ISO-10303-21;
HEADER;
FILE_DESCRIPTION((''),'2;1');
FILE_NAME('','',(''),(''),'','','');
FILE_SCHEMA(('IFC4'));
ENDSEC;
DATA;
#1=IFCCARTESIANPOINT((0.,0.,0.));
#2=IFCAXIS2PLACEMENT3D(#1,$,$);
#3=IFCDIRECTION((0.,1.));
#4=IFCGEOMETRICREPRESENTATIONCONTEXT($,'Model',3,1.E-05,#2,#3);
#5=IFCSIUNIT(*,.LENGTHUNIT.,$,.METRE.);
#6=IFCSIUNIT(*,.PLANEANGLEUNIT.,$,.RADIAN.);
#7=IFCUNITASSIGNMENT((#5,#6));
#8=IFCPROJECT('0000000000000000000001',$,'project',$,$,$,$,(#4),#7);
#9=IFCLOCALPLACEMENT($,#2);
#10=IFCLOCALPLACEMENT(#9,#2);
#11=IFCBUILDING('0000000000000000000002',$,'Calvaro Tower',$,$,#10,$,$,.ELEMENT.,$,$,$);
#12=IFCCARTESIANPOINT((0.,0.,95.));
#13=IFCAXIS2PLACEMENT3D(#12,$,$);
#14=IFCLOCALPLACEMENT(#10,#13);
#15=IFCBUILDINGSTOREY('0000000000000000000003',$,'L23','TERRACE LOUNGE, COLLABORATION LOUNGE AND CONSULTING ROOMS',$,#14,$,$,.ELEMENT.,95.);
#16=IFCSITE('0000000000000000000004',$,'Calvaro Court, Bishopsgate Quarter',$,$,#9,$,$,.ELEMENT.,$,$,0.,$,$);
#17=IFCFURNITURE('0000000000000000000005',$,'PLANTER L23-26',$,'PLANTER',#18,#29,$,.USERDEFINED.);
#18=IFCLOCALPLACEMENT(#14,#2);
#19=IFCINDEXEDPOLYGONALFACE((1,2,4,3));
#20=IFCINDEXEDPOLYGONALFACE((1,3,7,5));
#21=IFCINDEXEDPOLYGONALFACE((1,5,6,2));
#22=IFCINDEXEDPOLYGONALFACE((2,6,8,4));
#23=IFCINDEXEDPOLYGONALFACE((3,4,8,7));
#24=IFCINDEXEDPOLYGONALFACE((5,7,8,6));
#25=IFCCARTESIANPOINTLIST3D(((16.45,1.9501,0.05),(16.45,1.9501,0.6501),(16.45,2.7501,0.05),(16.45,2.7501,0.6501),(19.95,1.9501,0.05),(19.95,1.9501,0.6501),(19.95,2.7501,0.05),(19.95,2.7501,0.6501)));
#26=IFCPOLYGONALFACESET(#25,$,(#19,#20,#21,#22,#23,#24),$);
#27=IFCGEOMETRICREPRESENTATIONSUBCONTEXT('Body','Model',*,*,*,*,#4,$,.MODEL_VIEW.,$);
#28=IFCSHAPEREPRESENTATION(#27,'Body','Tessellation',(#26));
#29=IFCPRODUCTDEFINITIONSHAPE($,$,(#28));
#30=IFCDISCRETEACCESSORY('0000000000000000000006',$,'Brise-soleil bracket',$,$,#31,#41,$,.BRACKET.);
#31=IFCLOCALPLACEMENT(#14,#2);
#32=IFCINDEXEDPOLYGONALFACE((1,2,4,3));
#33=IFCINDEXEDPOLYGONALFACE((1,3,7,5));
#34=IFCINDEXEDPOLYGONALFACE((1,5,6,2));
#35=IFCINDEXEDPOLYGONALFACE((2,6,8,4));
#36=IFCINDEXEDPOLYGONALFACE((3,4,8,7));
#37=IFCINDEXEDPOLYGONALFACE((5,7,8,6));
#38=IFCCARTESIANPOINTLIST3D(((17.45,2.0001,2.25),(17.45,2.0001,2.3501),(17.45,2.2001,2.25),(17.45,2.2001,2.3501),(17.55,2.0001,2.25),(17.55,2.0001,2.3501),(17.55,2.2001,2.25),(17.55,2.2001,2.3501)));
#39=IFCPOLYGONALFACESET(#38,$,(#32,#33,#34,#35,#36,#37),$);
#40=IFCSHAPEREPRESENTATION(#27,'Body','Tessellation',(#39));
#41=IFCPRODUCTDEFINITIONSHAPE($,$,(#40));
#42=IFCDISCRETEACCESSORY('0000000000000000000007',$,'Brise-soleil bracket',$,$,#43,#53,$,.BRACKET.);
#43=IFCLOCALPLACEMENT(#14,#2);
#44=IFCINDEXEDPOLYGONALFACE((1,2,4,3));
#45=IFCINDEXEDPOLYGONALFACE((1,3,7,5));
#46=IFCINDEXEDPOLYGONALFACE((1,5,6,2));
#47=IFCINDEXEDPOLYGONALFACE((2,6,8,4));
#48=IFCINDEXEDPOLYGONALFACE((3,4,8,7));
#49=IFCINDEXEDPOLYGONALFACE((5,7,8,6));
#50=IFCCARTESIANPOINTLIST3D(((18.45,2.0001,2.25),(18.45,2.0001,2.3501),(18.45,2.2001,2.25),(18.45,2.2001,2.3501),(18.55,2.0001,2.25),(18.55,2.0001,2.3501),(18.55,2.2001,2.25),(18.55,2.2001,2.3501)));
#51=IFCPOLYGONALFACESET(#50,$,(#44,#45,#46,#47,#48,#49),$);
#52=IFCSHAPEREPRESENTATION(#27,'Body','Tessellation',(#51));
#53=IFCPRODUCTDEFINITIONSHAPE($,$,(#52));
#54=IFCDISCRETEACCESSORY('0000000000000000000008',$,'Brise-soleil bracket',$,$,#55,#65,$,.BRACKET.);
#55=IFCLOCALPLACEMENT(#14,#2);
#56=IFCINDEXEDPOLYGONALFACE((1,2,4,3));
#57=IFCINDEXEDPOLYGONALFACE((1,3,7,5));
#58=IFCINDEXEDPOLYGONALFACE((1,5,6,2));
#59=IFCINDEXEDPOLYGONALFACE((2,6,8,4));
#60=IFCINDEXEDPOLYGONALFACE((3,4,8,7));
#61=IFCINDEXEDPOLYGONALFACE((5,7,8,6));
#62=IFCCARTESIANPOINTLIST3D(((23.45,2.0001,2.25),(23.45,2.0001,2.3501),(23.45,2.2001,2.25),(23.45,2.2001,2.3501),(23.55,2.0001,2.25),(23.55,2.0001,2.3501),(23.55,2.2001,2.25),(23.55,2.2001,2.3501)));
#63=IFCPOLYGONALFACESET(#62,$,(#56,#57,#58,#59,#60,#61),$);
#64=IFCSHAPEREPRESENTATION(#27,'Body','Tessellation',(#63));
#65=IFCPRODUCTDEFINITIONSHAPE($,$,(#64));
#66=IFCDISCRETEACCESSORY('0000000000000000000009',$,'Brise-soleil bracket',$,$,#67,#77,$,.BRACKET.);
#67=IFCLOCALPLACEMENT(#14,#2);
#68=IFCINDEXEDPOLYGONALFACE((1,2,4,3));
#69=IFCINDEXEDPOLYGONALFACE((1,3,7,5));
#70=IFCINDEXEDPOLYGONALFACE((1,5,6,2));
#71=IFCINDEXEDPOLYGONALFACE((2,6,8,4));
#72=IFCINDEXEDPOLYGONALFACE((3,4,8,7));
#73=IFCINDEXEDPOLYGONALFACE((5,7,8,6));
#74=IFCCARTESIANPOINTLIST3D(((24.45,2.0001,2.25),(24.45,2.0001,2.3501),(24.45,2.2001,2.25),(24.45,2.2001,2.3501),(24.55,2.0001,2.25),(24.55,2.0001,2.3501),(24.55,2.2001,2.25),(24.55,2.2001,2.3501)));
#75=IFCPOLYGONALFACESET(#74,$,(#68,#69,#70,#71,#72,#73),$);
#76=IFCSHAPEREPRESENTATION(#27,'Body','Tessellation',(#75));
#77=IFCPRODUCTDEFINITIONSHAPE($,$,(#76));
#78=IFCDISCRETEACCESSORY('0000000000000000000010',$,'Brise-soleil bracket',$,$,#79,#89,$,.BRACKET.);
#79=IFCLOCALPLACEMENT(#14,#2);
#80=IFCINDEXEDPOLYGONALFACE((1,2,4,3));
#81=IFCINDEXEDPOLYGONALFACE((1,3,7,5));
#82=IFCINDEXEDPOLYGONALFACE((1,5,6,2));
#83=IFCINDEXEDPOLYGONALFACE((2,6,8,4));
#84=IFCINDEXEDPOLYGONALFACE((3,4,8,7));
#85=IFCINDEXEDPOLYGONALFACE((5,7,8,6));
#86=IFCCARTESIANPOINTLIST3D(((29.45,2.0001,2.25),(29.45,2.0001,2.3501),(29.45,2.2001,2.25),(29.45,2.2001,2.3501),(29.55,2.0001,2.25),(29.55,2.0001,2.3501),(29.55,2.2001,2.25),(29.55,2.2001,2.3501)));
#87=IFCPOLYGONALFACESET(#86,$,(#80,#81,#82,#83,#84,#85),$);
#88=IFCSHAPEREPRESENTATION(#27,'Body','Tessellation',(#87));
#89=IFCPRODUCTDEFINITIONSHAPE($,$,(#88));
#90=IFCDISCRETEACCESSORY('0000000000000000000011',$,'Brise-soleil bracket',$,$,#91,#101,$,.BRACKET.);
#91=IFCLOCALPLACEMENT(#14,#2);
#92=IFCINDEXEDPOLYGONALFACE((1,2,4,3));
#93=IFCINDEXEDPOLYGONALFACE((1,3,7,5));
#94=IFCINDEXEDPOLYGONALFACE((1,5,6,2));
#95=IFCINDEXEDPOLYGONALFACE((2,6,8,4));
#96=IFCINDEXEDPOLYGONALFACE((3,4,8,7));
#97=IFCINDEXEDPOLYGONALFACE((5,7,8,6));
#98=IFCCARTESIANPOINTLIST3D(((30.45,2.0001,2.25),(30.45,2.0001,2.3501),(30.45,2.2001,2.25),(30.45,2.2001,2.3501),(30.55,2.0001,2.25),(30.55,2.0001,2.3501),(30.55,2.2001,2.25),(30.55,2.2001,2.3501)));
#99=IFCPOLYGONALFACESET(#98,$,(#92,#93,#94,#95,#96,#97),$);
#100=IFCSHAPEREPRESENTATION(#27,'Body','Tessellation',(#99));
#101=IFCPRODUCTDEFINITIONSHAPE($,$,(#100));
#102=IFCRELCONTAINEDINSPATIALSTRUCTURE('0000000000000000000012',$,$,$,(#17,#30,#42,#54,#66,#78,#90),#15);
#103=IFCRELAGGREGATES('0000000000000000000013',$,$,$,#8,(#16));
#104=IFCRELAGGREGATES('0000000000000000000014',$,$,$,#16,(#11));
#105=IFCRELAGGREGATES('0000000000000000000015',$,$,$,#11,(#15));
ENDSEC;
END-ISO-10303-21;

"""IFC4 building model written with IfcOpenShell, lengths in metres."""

from ifc_helpers import new_model, si_unit, direction, frame, origin, origin_2d, place, context, subcontext, project, spatial, rectangle, extrude, element, save


model = new_model("IFC4")

# Units and contexts
model_context = context("Model", 3, precision=1e-05, world=origin(), true_north=direction((0.0, 1.0)))
body_context = subcontext(model_context, "Body", "Model", "MODEL_VIEW")
ifc_project = project(units=[si_unit("LENGTHUNIT", "METRE"), si_unit("PLANEANGLEUNIT", "RADIAN")], contexts=[model_context])

# Site, building, storey
site_placement = place(None, origin())
site = spatial("IfcSite", under=ifc_project, at=site_placement, Name="Calvaro Court, Bishopsgate Quarter", CompositionType="ELEMENT", RefElevation=0.0)
building_placement = place(site_placement, origin())
building = spatial("IfcBuilding", under=site, at=building_placement, Name="Calvaro Tower", CompositionType="ELEMENT")
storey_placement = place(building_placement, frame((0.0, 0.0, 95.0)))
storey = spatial("IfcBuildingStorey", under=building, at=storey_placement, Name="L23", Description="TERRACE LOUNGE, COLLABORATION LOUNGE AND CONSULTING ROOMS", CompositionType="ELEMENT", Elevation=95.0)

# Furniture
for number, where, z_axis, x_axis, name in (
    (1, (18.2, 2.3501, 0.05), (0.0, 0.0, 1.0), (1.0, 0.0, 0.0), "PLANTER L23-26"),
):
    element("IfcFurniture", number, at=place(storey_placement, frame(where, z_axis=z_axis, x_axis=x_axis)), inside=storey, Name=name, ObjectType="PLANTER", PredefinedType="USERDEFINED", context=body_context, shape_type="SweptSolid", body=[
        extrude(rectangle(XDim=3.5, YDim=0.8, at=origin_2d()), origin(), (0.0, 0.0, 1.0), 0.6001),
    ])

# Discrete accessories
for number, where, z_axis, x_axis, name in (
    (2, (17.5, 2.1001, 2.25), (0.0, 0.0, 1.0), (1.0, 0.0, 0.0), "Brise-soleil bracket"),
    (3, (18.5, 2.1001, 2.25), (0.0, 0.0, 1.0), (1.0, 0.0, 0.0), "Brise-soleil bracket"),
    (4, (23.5, 2.1001, 2.25), (0.0, 0.0, 1.0), (1.0, 0.0, 0.0), "Brise-soleil bracket"),
    (5, (24.5, 2.1001, 2.25), (0.0, 0.0, 1.0), (1.0, 0.0, 0.0), "Brise-soleil bracket"),
    (6, (29.5, 2.1001, 2.25), (0.0, 0.0, 1.0), (1.0, 0.0, 0.0), "Brise-soleil bracket"),
    (7, (30.5, 2.1001, 2.25), (0.0, 0.0, 1.0), (1.0, 0.0, 0.0), "Brise-soleil bracket"),
):
    element("IfcDiscreteAccessory", number, at=place(storey_placement, frame(where, z_axis=z_axis, x_axis=x_axis)), inside=storey, Name=name, PredefinedType="BRACKET", context=body_context, shape_type="SweptSolid", body=[
        extrude(rectangle(XDim=0.1001, YDim=0.2, at=origin_2d()), origin(), (0.0, 0.0, 1.0), 0.1001),
    ])

save(model, "model.ifc")
